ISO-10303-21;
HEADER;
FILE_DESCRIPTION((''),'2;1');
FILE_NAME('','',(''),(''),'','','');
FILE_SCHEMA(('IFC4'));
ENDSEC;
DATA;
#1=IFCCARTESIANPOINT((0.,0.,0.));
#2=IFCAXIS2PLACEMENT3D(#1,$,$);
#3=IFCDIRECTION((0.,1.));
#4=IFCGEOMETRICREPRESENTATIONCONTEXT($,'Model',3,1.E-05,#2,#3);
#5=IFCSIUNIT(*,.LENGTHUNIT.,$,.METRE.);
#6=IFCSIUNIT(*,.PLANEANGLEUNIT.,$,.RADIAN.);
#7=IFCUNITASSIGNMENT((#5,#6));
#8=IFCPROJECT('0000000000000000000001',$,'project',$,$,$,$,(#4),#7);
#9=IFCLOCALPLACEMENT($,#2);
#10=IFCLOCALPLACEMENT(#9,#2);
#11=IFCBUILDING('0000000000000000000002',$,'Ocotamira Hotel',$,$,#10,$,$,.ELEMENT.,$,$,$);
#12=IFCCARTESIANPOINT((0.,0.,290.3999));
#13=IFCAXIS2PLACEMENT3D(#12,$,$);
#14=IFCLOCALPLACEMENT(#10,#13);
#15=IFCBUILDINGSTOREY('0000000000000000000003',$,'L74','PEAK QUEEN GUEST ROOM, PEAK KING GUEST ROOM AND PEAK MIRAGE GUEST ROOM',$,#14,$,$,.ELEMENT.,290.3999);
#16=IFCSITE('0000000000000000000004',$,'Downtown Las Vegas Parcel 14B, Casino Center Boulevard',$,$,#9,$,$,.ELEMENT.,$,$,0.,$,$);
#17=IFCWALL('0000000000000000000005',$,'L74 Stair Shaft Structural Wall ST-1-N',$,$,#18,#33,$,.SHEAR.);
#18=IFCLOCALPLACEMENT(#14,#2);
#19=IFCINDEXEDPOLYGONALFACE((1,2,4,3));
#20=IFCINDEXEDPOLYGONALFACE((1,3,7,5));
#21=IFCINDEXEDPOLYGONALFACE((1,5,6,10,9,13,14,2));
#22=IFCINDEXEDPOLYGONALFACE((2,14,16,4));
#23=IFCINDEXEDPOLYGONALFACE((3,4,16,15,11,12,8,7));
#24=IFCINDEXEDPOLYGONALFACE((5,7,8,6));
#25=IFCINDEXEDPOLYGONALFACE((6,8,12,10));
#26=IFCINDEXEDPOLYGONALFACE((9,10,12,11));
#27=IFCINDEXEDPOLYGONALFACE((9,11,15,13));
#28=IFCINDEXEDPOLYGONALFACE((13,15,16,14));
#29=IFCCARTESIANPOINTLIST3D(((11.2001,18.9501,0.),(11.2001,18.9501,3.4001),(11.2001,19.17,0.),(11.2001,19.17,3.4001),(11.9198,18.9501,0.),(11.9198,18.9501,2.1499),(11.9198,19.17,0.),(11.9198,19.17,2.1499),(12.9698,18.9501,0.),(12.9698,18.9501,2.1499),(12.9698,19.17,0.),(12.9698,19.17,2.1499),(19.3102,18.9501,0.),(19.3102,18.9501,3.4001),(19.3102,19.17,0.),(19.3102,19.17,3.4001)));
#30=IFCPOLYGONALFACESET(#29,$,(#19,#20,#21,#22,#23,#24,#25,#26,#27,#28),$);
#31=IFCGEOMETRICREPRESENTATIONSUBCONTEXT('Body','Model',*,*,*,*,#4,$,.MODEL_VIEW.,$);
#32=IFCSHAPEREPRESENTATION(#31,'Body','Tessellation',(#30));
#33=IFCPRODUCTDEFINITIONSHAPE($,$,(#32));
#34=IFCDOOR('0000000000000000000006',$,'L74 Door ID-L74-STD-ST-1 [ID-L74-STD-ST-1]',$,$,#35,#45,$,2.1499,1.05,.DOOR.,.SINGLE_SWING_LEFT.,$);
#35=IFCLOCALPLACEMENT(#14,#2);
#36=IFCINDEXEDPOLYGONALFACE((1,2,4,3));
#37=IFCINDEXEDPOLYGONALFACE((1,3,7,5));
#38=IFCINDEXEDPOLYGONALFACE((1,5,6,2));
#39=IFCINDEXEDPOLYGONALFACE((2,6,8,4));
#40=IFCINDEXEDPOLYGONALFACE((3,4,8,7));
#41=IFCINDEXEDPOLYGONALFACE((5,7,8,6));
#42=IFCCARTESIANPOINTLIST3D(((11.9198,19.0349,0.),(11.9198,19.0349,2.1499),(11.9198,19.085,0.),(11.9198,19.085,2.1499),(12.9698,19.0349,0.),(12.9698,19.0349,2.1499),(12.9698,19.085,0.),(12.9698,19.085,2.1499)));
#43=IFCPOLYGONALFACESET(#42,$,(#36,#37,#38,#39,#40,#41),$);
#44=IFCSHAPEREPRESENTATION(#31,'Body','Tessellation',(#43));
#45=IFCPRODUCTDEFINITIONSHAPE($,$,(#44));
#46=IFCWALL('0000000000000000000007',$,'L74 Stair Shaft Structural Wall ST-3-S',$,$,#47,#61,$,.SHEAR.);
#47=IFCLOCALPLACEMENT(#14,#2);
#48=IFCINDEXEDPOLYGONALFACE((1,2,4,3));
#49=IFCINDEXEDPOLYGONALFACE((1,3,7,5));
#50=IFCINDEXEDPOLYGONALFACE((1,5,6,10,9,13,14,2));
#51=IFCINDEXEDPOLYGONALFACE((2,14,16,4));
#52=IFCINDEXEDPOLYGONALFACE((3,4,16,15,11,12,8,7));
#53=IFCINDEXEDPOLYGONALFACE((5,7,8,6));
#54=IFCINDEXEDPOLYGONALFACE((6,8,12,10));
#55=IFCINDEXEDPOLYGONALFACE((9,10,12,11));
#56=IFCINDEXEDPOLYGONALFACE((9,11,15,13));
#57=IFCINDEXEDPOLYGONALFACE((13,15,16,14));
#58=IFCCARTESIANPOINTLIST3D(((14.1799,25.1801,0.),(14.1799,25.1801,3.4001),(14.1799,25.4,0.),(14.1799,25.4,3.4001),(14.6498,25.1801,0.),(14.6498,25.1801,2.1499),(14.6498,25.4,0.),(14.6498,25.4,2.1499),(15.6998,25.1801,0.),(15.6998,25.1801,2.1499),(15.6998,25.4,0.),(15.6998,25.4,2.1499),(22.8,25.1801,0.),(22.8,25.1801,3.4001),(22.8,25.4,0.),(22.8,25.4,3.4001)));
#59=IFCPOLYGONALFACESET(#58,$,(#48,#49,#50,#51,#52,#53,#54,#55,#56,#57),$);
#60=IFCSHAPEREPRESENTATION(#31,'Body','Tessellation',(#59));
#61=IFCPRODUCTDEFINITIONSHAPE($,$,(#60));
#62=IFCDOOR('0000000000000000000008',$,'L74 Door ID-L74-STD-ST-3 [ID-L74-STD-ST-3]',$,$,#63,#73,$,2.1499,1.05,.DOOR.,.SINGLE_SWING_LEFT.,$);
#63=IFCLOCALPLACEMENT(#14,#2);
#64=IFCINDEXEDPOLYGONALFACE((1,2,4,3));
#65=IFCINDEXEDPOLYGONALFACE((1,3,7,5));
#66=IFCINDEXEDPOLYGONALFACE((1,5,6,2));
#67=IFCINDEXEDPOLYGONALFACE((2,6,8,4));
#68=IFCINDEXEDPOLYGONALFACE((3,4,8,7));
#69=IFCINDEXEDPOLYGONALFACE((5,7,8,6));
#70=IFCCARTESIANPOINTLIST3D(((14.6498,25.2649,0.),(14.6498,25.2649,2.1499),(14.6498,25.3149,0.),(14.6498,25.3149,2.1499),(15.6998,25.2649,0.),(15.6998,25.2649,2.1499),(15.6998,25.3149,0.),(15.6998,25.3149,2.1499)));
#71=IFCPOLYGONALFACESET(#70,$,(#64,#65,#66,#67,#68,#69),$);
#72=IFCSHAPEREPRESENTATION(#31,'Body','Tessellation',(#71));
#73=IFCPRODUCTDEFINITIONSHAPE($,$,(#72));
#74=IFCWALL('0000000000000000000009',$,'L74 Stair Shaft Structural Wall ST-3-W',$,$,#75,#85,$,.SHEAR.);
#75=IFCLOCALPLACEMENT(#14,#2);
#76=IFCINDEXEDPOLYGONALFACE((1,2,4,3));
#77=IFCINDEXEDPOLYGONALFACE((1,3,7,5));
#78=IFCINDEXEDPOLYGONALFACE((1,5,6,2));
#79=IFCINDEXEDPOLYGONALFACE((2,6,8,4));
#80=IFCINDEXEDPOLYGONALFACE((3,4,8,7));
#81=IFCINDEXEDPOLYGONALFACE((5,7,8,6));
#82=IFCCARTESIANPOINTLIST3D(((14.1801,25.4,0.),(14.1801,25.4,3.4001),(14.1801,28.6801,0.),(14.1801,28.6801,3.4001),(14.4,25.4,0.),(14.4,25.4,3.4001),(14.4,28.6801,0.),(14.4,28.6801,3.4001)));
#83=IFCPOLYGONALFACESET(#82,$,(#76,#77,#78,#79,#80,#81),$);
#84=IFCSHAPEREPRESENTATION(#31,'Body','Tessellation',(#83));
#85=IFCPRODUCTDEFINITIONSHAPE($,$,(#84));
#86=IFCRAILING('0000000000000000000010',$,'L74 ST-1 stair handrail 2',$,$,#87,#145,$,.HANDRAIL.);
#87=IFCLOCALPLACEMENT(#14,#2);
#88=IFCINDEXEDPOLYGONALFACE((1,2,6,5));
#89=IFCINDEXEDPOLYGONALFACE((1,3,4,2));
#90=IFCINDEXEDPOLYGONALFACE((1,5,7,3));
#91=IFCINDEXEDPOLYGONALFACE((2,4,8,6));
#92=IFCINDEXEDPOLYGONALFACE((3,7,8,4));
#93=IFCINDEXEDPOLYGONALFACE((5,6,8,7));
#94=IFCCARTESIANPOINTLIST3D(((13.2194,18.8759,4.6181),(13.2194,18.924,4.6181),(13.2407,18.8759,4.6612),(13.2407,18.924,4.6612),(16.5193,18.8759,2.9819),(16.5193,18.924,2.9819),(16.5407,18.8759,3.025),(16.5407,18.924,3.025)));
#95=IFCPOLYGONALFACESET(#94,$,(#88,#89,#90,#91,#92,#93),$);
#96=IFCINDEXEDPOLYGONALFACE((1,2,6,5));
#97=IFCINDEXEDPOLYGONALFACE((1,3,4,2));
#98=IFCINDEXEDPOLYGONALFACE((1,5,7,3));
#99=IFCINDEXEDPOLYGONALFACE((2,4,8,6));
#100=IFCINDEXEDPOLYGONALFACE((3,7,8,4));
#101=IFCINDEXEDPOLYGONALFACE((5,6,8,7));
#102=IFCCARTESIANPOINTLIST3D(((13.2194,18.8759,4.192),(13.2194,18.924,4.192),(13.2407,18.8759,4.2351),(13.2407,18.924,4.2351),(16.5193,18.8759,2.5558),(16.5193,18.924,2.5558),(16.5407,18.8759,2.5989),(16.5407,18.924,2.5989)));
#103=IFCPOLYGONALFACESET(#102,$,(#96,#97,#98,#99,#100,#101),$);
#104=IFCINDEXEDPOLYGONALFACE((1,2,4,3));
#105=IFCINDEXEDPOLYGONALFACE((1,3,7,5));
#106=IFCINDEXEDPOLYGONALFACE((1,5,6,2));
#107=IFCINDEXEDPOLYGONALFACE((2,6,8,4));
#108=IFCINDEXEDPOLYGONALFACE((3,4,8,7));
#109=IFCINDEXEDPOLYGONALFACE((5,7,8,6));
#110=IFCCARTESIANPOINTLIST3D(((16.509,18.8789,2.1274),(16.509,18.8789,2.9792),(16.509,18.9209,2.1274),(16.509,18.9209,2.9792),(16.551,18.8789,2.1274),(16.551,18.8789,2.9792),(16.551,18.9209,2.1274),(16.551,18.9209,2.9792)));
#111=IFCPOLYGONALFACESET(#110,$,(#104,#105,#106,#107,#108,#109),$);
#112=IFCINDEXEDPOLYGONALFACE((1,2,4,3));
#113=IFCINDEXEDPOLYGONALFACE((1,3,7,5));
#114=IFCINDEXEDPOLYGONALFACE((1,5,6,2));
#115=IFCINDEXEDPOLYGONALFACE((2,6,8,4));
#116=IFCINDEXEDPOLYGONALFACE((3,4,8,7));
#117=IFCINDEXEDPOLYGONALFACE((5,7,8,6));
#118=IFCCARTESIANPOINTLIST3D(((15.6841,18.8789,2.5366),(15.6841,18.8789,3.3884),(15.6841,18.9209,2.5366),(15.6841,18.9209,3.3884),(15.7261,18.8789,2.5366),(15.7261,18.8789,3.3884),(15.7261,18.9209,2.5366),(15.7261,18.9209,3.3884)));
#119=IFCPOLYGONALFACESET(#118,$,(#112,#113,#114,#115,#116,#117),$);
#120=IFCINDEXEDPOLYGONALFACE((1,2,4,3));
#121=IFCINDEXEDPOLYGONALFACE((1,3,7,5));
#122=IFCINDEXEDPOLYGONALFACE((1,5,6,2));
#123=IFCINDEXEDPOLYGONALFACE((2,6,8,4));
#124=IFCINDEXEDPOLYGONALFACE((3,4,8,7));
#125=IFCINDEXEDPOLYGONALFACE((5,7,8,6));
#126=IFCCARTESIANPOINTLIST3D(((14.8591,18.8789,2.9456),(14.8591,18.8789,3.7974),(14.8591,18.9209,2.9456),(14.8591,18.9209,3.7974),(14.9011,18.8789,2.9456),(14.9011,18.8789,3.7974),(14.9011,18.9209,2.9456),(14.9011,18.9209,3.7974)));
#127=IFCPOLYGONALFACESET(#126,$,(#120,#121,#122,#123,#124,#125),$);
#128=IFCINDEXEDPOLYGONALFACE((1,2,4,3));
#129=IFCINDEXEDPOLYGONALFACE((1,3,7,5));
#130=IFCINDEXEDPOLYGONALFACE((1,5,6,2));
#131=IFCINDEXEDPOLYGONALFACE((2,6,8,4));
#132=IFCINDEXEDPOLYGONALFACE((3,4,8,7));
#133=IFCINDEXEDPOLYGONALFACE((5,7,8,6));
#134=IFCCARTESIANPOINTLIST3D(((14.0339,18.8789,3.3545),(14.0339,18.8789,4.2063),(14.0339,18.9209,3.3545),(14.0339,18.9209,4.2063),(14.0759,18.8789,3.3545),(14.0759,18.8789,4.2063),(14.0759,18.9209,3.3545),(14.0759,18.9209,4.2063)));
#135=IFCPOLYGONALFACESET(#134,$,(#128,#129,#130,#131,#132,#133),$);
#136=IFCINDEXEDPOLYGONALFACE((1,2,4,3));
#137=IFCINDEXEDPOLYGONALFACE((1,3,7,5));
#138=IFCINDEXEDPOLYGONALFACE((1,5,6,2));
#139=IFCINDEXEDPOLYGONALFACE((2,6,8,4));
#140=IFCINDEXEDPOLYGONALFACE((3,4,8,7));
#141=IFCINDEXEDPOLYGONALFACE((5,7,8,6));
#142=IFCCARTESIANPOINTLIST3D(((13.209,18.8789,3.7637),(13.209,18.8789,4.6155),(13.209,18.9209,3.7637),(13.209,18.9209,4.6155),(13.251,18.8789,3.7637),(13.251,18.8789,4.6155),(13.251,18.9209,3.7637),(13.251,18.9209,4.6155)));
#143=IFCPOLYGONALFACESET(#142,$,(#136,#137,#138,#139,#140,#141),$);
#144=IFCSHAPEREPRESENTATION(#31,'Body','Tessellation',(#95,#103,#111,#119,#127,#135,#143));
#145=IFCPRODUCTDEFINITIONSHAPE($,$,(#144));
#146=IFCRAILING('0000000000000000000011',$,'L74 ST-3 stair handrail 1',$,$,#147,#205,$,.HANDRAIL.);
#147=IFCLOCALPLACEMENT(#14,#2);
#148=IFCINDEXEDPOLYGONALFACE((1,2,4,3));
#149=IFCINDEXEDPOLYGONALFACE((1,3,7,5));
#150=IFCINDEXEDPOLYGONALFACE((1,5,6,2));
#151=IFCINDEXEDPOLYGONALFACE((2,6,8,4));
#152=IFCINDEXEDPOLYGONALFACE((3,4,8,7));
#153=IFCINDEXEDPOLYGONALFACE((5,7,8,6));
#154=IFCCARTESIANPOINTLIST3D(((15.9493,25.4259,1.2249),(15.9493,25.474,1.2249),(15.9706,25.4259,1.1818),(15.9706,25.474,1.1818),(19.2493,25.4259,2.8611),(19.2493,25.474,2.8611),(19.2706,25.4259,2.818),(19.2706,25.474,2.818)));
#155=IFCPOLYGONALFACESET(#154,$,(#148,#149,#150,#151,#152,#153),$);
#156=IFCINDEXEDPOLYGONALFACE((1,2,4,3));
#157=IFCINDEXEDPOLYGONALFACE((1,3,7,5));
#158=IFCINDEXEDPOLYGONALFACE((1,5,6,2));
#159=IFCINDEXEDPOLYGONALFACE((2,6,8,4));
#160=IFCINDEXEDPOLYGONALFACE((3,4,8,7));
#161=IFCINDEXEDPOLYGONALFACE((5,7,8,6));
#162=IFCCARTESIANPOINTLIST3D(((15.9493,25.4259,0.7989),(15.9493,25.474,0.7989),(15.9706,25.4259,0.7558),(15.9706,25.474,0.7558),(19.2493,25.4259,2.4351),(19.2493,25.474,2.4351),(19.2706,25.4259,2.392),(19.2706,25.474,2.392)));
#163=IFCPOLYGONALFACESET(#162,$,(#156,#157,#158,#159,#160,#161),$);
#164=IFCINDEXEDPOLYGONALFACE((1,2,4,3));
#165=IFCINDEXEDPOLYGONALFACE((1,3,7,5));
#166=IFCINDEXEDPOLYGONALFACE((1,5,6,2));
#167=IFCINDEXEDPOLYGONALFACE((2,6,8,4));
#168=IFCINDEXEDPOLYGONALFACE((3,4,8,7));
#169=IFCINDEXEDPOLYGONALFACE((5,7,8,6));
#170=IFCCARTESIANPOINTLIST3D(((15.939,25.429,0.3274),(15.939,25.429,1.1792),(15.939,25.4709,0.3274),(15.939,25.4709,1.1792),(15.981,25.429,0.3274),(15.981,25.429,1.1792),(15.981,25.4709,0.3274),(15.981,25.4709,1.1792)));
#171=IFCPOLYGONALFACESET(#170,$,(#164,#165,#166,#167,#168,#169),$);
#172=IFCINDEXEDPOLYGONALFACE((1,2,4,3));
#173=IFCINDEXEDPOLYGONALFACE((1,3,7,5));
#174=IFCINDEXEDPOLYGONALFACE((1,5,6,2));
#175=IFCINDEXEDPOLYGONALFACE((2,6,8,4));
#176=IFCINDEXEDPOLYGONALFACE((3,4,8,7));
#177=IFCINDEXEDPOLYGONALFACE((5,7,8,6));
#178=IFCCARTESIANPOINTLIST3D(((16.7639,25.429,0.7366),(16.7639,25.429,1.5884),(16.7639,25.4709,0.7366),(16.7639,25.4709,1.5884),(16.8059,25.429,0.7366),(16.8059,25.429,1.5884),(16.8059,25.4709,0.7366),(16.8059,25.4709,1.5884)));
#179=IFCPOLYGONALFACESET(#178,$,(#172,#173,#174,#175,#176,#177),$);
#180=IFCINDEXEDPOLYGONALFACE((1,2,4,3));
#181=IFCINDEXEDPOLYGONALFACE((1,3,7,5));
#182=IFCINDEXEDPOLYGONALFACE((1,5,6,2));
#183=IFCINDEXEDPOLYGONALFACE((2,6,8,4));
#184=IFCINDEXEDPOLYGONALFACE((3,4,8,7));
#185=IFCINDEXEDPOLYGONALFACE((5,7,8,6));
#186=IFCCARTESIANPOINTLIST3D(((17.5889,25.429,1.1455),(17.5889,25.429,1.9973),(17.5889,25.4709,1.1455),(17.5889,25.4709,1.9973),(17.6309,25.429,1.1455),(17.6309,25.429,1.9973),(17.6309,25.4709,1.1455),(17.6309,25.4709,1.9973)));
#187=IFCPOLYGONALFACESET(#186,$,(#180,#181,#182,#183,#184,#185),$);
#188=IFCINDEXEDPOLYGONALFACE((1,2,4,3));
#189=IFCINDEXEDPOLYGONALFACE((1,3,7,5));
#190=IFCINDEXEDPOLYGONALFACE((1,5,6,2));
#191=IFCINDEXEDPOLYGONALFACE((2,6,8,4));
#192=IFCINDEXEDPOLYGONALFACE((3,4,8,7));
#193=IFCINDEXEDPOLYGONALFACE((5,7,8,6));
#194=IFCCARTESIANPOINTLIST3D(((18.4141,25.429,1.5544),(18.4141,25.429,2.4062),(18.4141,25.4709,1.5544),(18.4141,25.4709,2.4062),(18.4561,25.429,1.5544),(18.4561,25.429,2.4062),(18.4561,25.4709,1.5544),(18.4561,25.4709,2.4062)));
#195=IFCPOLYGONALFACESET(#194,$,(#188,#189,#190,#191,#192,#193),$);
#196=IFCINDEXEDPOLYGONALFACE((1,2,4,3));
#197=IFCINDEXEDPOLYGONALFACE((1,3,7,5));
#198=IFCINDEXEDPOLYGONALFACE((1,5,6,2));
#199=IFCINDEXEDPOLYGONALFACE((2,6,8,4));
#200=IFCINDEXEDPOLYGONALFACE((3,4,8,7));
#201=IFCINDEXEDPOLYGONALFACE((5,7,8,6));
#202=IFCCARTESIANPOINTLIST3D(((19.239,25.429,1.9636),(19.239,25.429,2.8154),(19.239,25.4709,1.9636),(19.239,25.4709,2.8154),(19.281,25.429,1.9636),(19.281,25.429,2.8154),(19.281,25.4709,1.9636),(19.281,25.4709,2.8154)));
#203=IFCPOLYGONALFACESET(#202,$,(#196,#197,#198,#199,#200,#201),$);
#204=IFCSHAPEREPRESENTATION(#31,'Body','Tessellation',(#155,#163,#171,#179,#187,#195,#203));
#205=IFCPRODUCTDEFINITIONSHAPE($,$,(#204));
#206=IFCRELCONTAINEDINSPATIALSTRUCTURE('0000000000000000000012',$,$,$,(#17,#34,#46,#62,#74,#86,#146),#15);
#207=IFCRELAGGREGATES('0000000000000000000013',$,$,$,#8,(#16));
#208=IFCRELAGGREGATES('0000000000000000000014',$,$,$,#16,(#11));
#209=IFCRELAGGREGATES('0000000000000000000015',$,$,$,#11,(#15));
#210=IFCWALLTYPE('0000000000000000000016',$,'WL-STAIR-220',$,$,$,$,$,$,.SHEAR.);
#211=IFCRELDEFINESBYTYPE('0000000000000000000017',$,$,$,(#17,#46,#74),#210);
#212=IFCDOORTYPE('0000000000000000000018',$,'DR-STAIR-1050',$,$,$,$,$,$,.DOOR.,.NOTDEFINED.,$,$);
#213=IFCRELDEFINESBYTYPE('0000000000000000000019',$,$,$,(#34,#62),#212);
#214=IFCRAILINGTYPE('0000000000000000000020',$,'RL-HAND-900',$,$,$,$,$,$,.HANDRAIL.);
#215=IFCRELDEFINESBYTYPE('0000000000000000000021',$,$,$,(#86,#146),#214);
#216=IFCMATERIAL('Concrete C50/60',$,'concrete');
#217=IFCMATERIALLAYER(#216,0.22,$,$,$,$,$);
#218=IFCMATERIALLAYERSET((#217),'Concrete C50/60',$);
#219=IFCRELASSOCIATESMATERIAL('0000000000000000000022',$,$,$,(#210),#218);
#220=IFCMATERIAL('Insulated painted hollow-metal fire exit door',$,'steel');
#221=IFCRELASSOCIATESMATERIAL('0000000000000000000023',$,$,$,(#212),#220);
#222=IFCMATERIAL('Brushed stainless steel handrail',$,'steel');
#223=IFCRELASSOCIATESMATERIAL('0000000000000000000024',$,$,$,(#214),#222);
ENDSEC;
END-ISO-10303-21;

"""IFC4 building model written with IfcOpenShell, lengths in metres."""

from ifc_helpers import new_model, si_unit, direction, frame, frame_2d, origin, origin_2d, place, context, subcontext, project, spatial, rectangle, extrude, source, transform, mapped, material, layer, layer_set, type_object, element, fill, save


model = new_model("IFC4")

# Units and contexts
model_context = context("Model", 3, precision=1e-05, world=origin(), true_north=direction((0.0, 1.0)))
body_context = subcontext(model_context, "Body", "Model", "MODEL_VIEW")
ifc_project = project(units=[si_unit("LENGTHUNIT", "METRE"), si_unit("PLANEANGLEUNIT", "RADIAN")], contexts=[model_context])

# Site, building, storey
site_placement = place(None, origin())
site = spatial("IfcSite", under=ifc_project, at=site_placement, Name="Downtown Las Vegas Parcel 14B, Casino Center Boulevard", CompositionType="ELEMENT", RefElevation=0.0)
building_placement = place(site_placement, origin())
building = spatial("IfcBuilding", under=site, at=building_placement, Name="Ocotamira Hotel", CompositionType="ELEMENT")
storey_placement = place(building_placement, frame((0.0, 0.0, 290.3999)))
storey = spatial("IfcBuildingStorey", under=building, at=storey_placement, Name="L74", Description="PEAK QUEEN GUEST ROOM, PEAK KING GUEST ROOM AND PEAK MIRAGE GUEST ROOM", CompositionType="ELEMENT", Elevation=290.3999)

# Shared definitions
ifc_material_1 = material(Name="Concrete C50/60", Category="concrete")

# Walls, openings, doors
ifc_layer_1 = layer(ifc_material_1, 0.22)
ifc_layer_set_1 = layer_set([ifc_layer_1], Name="Concrete C50/60")
wall_type_1 = type_object("IfcWallType", Name="WL-STAIR-220", PredefinedType="SHEAR", material=ifc_layer_set_1)
wall_1_placement = place(storey_placement, frame((11.2, 19.0601, 0.0), z_axis=(0.0, 0.0, 1.0), x_axis=(1.0, 0.0, 0.0)))
wall_1 = element("IfcWall", 1, at=wall_1_placement, inside=storey, type_object=wall_type_1, Name="L74 Stair Shaft Structural Wall ST-1-N", PredefinedType="SHEAR", context=body_context, shape_type="SweptSolid", body=[
    extrude(rectangle(XDim=8.1101, YDim=0.22, at=frame_2d((4.0552, 0.0))), origin(), (0.0, 0.0, 1.0), 3.4001),
])
opening_1_placement = place(wall_1_placement, frame((0.72, 0.0, 0.0)))
opening_1 = element("IfcOpeningElement", 2, at=opening_1_placement, cuts=wall_1, PredefinedType="OPENING", context=body_context, shape_type="SweptSolid", body=[
    extrude(rectangle(XDim=1.05, YDim=2.1499, at=frame_2d((0.5249, 1.075))), frame((0.0, 0.1201, 0.0), z_axis=(0.0, -1.0, 0.0), x_axis=(1.0, 0.0, 0.0)), (0.0, 0.0, 1.0), 0.24),
])
ifc_material_2 = material(Name="Insulated painted hollow-metal fire exit door", Category="steel")
door_type_1 = type_object("IfcDoorType", Name="DR-STAIR-1050", OperationType="NOTDEFINED", PredefinedType="DOOR", material=ifc_material_2)
shared_shape_1 = source(origin(), body_context, "Body", "SweptSolid", [
    extrude(rectangle(XDim=1.05, YDim=2.1499, at=frame_2d((0.5249, 1.075))), frame((0.0, 0.0249, 0.0), z_axis=(0.0, -1.0, 0.0), x_axis=(1.0, 0.0, 0.0)), (0.0, 0.0, 1.0), 0.05),
])
door_1_placement = place(opening_1_placement, origin())
door_1 = element("IfcDoor", 3, at=door_1_placement, inside=storey, type_object=door_type_1, Name="L74 Door ID-L74-STD-ST-1 [ID-L74-STD-ST-1]", OperationType="SINGLE_SWING_LEFT", OverallHeight=2.1499, OverallWidth=1.05, PredefinedType="DOOR", context=body_context, shape_type="MappedRepresentation", body=[
    mapped(shared_shape_1, transform((0.0, 0.0, 0.0), scale=1.0)),
])
fill(opening_1, door_1)
wall_2_placement = place(storey_placement, frame((14.1799, 25.29, 0.0), z_axis=(0.0, 0.0, 1.0), x_axis=(1.0, 0.0, 0.0)))
wall_2 = element("IfcWall", 4, at=wall_2_placement, inside=storey, type_object=wall_type_1, Name="L74 Stair Shaft Structural Wall ST-3-S", PredefinedType="SHEAR", context=body_context, shape_type="SweptSolid", body=[
    extrude(rectangle(XDim=8.6201, YDim=0.22, at=frame_2d((4.3101, 0.0))), origin(), (0.0, 0.0, 1.0), 3.4001),
])
opening_2_placement = place(wall_2_placement, frame((0.47, 0.0, 0.0)))
opening_2 = element("IfcOpeningElement", 5, at=opening_2_placement, cuts=wall_2, PredefinedType="OPENING", context=body_context, shape_type="SweptSolid", body=[
    extrude(rectangle(XDim=1.05, YDim=2.1499, at=frame_2d((0.5249, 1.075))), frame((0.0, 0.1201, 0.0), z_axis=(0.0, -1.0, 0.0), x_axis=(1.0, 0.0, 0.0)), (0.0, 0.0, 1.0), 0.24),
])
door_2_placement = place(opening_2_placement, origin())
door_2 = element("IfcDoor", 6, at=door_2_placement, inside=storey, type_object=door_type_1, Name="L74 Door ID-L74-STD-ST-3 [ID-L74-STD-ST-3]", OperationType="SINGLE_SWING_LEFT", OverallHeight=2.1499, OverallWidth=1.05, PredefinedType="DOOR", context=body_context, shape_type="MappedRepresentation", body=[
    mapped(shared_shape_1, transform((0.0, 0.0, 0.0), scale=1.0)),
])
fill(opening_2, door_2)

# Wall
wall_3_placement = place(storey_placement, frame((14.29, 25.3999, 0.0), z_axis=(0.0, 0.0, 1.0), x_axis=(0.0, 1.0, 0.0)))
element("IfcWall", 7, at=wall_3_placement, inside=storey, type_object=wall_type_1, Name="L74 Stair Shaft Structural Wall ST-3-W", PredefinedType="SHEAR", context=body_context, shape_type="SweptSolid", body=[
    extrude(rectangle(XDim=3.28, YDim=0.22, at=frame_2d((1.6401, 0.0))), origin(), (0.0, 0.0, 1.0), 3.4001),
])

# Railings
ifc_material_3 = material(Name="Brushed stainless steel handrail", Category="steel")
railing_type = type_object("IfcRailingType", Name="RL-HAND-900", PredefinedType="HANDRAIL", material=ifc_material_3)
railing_1_placement = place(storey_placement, frame((16.53, 18.8999, 2.1274)))
element("IfcRailing", 8, at=railing_1_placement, inside=storey, type_object=railing_type, Name="L74 ST-1 stair handrail 2", PredefinedType="HANDRAIL", context=body_context, shape_type="SweptSolid", body=[
    extrude(rectangle(XDim=0.0481, YDim=0.0481, at=origin_2d()), frame((0.0, 0.0, 0.876), z_axis=(-0.89592, 0.0, 0.444215), x_axis=(0.0, -1.0, 0.0)), (0.0, 0.0, 1.0), 3.6833),
    extrude(rectangle(XDim=0.0481, YDim=0.0481, at=origin_2d()), frame((0.0, 0.0, 0.45), z_axis=(-0.89592, 0.0, 0.444215), x_axis=(0.0, -1.0, 0.0)), (0.0, 0.0, 1.0), 3.6833),
    extrude(rectangle(XDim=0.042, YDim=0.042, at=origin_2d()), origin(), (0.0, 0.0, 1.0), 0.8518),
    extrude(rectangle(XDim=0.042, YDim=0.042, at=origin_2d()), frame((-0.825, 0.0, 0.4092)), (0.0, 0.0, 1.0), 0.8518),
    extrude(rectangle(XDim=0.042, YDim=0.042, at=origin_2d()), frame((-1.6499, 0.0, 0.8181)), (0.0, 0.0, 1.0), 0.8518),
    extrude(rectangle(XDim=0.042, YDim=0.042, at=origin_2d()), frame((-2.4751, 0.0, 1.2271)), (0.0, 0.0, 1.0), 0.8518),
    extrude(rectangle(XDim=0.042, YDim=0.042, at=origin_2d()), frame((-3.3, 0.0, 1.6362)), (0.0, 0.0, 1.0), 0.8518),
])
railing_2_placement = place(storey_placement, frame((15.96, 25.45, 0.3274)))
element("IfcRailing", 9, at=railing_2_placement, inside=storey, type_object=railing_type, Name="L74 ST-3 stair handrail 1", PredefinedType="HANDRAIL", context=body_context, shape_type="SweptSolid", body=[
    extrude(rectangle(XDim=0.0481, YDim=0.0481, at=origin_2d()), frame((0.0, 0.0, 0.876), z_axis=(0.89592, 0.0, 0.444215), x_axis=(0.0, 1.0, 0.0)), (0.0, 0.0, 1.0), 3.6833),
    extrude(rectangle(XDim=0.0481, YDim=0.0481, at=origin_2d()), frame((0.0, 0.0, 0.45), z_axis=(0.89592, 0.0, 0.444215), x_axis=(0.0, 1.0, 0.0)), (0.0, 0.0, 1.0), 3.6833),
    extrude(rectangle(XDim=0.042, YDim=0.042, at=origin_2d()), origin(), (0.0, 0.0, 1.0), 0.8518),
    extrude(rectangle(XDim=0.042, YDim=0.042, at=origin_2d()), frame((0.825, 0.0, 0.4092)), (0.0, 0.0, 1.0), 0.8518),
    extrude(rectangle(XDim=0.042, YDim=0.042, at=origin_2d()), frame((1.6499, 0.0, 0.8181)), (0.0, 0.0, 1.0), 0.8518),
    extrude(rectangle(XDim=0.042, YDim=0.042, at=origin_2d()), frame((2.4751, 0.0, 1.2271)), (0.0, 0.0, 1.0), 0.8518),
    extrude(rectangle(XDim=0.042, YDim=0.042, at=origin_2d()), frame((3.3, 0.0, 1.6362)), (0.0, 0.0, 1.0), 0.8518),
])

save(model, "model.ifc")
